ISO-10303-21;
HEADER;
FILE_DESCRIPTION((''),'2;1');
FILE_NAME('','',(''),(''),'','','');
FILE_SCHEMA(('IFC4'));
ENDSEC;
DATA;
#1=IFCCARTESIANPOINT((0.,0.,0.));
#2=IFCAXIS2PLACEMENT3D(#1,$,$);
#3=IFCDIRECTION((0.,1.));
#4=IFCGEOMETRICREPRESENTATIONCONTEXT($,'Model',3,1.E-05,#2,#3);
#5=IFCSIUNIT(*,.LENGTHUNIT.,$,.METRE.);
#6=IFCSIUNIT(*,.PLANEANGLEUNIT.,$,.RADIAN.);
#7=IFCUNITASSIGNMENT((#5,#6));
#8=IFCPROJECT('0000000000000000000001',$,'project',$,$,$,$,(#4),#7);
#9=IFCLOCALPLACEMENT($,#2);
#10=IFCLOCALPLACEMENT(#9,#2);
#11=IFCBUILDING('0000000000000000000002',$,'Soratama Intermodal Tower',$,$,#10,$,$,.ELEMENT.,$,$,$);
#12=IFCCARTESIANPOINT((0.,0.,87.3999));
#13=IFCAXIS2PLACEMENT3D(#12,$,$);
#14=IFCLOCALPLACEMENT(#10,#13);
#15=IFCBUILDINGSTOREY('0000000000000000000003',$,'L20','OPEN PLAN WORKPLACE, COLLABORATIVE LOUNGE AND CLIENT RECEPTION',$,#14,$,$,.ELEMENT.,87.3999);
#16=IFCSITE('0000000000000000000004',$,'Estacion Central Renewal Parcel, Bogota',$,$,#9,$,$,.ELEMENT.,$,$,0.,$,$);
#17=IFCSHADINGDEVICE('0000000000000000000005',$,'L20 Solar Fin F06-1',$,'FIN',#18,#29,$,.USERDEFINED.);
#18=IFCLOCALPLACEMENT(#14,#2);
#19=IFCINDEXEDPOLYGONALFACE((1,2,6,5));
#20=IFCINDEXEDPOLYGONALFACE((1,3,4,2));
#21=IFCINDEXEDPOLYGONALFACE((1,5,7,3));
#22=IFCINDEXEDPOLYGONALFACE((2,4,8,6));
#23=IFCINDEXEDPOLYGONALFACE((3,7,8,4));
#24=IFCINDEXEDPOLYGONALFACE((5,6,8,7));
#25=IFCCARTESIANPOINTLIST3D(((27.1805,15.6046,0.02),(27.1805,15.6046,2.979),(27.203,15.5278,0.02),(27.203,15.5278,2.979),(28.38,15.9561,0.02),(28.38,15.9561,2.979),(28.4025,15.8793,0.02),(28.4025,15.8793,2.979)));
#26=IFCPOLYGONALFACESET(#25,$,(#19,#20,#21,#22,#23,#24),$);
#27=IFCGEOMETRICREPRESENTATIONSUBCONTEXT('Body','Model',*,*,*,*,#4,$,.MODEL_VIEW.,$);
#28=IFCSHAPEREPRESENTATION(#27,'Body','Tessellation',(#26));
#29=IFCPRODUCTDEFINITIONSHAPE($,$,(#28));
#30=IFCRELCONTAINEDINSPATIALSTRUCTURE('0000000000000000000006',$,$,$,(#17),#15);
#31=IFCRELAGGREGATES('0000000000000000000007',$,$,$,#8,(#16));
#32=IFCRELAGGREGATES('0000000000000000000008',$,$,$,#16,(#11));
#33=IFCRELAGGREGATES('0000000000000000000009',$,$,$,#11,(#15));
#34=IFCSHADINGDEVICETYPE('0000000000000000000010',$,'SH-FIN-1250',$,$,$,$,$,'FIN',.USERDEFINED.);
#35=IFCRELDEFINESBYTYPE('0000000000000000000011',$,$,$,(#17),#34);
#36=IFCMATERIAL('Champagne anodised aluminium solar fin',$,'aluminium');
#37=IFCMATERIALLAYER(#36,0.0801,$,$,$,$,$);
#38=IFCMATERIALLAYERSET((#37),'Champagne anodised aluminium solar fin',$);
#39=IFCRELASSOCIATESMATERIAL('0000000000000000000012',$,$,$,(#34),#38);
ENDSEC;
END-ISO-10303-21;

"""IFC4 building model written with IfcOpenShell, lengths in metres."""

from ifc_helpers import new_model, si_unit, direction, frame, origin, origin_2d, place, context, subcontext, project, spatial, rectangle, extrude, material, layer, layer_set, type_object, element, save


model = new_model("IFC4")

# Units and contexts
model_context = context("Model", 3, precision=1e-05, world=origin(), true_north=direction((0.0, 1.0)))
body_context = subcontext(model_context, "Body", "Model", "MODEL_VIEW")
ifc_project = project(units=[si_unit("LENGTHUNIT", "METRE"), si_unit("PLANEANGLEUNIT", "RADIAN")], contexts=[model_context])

# Site, building, storey
site_placement = place(None, origin())
site = spatial("IfcSite", under=ifc_project, at=site_placement, Name="Estacion Central Renewal Parcel, Bogota", CompositionType="ELEMENT", RefElevation=0.0)
building_placement = place(site_placement, origin())
building = spatial("IfcBuilding", under=site, at=building_placement, Name="Soratama Intermodal Tower", CompositionType="ELEMENT")
storey_placement = place(building_placement, frame((0.0, 0.0, 87.3999)))
storey = spatial("IfcBuildingStorey", under=building, at=storey_placement, Name="L20", Description="OPEN PLAN WORKPLACE, COLLABORATIVE LOUNGE AND CLIENT RECEPTION", CompositionType="ELEMENT", Elevation=87.3999)

# Shading device
ifc_material_1 = material(Name="Champagne anodised aluminium solar fin", Category="aluminium")
ifc_layer_1 = layer(ifc_material_1, 0.0801)
ifc_layer_set_1 = layer_set([ifc_layer_1], Name="Champagne anodised aluminium solar fin")
shading_device_type = type_object("IfcShadingDeviceType", Name="SH-FIN-1250", ElementType="FIN", PredefinedType="USERDEFINED", material=ifc_layer_set_1)
shading_device_placement = place(storey_placement, frame((27.7915, 15.7419, 0.02), z_axis=(0.0, 0.0, 1.0), x_axis=(-0.959658, -0.281169, 0.0)))
element("IfcShadingDevice", 1, at=shading_device_placement, inside=storey, type_object=shading_device_type, Name="L20 Solar Fin F06-1", ObjectType="FIN", PredefinedType="USERDEFINED", context=body_context, shape_type="SweptSolid", body=[
    extrude(rectangle(XDim=1.25, YDim=0.0801, at=origin_2d()), origin(), (0.0, 0.0, 1.0), 2.959),
])

save(model, "model.ifc")
